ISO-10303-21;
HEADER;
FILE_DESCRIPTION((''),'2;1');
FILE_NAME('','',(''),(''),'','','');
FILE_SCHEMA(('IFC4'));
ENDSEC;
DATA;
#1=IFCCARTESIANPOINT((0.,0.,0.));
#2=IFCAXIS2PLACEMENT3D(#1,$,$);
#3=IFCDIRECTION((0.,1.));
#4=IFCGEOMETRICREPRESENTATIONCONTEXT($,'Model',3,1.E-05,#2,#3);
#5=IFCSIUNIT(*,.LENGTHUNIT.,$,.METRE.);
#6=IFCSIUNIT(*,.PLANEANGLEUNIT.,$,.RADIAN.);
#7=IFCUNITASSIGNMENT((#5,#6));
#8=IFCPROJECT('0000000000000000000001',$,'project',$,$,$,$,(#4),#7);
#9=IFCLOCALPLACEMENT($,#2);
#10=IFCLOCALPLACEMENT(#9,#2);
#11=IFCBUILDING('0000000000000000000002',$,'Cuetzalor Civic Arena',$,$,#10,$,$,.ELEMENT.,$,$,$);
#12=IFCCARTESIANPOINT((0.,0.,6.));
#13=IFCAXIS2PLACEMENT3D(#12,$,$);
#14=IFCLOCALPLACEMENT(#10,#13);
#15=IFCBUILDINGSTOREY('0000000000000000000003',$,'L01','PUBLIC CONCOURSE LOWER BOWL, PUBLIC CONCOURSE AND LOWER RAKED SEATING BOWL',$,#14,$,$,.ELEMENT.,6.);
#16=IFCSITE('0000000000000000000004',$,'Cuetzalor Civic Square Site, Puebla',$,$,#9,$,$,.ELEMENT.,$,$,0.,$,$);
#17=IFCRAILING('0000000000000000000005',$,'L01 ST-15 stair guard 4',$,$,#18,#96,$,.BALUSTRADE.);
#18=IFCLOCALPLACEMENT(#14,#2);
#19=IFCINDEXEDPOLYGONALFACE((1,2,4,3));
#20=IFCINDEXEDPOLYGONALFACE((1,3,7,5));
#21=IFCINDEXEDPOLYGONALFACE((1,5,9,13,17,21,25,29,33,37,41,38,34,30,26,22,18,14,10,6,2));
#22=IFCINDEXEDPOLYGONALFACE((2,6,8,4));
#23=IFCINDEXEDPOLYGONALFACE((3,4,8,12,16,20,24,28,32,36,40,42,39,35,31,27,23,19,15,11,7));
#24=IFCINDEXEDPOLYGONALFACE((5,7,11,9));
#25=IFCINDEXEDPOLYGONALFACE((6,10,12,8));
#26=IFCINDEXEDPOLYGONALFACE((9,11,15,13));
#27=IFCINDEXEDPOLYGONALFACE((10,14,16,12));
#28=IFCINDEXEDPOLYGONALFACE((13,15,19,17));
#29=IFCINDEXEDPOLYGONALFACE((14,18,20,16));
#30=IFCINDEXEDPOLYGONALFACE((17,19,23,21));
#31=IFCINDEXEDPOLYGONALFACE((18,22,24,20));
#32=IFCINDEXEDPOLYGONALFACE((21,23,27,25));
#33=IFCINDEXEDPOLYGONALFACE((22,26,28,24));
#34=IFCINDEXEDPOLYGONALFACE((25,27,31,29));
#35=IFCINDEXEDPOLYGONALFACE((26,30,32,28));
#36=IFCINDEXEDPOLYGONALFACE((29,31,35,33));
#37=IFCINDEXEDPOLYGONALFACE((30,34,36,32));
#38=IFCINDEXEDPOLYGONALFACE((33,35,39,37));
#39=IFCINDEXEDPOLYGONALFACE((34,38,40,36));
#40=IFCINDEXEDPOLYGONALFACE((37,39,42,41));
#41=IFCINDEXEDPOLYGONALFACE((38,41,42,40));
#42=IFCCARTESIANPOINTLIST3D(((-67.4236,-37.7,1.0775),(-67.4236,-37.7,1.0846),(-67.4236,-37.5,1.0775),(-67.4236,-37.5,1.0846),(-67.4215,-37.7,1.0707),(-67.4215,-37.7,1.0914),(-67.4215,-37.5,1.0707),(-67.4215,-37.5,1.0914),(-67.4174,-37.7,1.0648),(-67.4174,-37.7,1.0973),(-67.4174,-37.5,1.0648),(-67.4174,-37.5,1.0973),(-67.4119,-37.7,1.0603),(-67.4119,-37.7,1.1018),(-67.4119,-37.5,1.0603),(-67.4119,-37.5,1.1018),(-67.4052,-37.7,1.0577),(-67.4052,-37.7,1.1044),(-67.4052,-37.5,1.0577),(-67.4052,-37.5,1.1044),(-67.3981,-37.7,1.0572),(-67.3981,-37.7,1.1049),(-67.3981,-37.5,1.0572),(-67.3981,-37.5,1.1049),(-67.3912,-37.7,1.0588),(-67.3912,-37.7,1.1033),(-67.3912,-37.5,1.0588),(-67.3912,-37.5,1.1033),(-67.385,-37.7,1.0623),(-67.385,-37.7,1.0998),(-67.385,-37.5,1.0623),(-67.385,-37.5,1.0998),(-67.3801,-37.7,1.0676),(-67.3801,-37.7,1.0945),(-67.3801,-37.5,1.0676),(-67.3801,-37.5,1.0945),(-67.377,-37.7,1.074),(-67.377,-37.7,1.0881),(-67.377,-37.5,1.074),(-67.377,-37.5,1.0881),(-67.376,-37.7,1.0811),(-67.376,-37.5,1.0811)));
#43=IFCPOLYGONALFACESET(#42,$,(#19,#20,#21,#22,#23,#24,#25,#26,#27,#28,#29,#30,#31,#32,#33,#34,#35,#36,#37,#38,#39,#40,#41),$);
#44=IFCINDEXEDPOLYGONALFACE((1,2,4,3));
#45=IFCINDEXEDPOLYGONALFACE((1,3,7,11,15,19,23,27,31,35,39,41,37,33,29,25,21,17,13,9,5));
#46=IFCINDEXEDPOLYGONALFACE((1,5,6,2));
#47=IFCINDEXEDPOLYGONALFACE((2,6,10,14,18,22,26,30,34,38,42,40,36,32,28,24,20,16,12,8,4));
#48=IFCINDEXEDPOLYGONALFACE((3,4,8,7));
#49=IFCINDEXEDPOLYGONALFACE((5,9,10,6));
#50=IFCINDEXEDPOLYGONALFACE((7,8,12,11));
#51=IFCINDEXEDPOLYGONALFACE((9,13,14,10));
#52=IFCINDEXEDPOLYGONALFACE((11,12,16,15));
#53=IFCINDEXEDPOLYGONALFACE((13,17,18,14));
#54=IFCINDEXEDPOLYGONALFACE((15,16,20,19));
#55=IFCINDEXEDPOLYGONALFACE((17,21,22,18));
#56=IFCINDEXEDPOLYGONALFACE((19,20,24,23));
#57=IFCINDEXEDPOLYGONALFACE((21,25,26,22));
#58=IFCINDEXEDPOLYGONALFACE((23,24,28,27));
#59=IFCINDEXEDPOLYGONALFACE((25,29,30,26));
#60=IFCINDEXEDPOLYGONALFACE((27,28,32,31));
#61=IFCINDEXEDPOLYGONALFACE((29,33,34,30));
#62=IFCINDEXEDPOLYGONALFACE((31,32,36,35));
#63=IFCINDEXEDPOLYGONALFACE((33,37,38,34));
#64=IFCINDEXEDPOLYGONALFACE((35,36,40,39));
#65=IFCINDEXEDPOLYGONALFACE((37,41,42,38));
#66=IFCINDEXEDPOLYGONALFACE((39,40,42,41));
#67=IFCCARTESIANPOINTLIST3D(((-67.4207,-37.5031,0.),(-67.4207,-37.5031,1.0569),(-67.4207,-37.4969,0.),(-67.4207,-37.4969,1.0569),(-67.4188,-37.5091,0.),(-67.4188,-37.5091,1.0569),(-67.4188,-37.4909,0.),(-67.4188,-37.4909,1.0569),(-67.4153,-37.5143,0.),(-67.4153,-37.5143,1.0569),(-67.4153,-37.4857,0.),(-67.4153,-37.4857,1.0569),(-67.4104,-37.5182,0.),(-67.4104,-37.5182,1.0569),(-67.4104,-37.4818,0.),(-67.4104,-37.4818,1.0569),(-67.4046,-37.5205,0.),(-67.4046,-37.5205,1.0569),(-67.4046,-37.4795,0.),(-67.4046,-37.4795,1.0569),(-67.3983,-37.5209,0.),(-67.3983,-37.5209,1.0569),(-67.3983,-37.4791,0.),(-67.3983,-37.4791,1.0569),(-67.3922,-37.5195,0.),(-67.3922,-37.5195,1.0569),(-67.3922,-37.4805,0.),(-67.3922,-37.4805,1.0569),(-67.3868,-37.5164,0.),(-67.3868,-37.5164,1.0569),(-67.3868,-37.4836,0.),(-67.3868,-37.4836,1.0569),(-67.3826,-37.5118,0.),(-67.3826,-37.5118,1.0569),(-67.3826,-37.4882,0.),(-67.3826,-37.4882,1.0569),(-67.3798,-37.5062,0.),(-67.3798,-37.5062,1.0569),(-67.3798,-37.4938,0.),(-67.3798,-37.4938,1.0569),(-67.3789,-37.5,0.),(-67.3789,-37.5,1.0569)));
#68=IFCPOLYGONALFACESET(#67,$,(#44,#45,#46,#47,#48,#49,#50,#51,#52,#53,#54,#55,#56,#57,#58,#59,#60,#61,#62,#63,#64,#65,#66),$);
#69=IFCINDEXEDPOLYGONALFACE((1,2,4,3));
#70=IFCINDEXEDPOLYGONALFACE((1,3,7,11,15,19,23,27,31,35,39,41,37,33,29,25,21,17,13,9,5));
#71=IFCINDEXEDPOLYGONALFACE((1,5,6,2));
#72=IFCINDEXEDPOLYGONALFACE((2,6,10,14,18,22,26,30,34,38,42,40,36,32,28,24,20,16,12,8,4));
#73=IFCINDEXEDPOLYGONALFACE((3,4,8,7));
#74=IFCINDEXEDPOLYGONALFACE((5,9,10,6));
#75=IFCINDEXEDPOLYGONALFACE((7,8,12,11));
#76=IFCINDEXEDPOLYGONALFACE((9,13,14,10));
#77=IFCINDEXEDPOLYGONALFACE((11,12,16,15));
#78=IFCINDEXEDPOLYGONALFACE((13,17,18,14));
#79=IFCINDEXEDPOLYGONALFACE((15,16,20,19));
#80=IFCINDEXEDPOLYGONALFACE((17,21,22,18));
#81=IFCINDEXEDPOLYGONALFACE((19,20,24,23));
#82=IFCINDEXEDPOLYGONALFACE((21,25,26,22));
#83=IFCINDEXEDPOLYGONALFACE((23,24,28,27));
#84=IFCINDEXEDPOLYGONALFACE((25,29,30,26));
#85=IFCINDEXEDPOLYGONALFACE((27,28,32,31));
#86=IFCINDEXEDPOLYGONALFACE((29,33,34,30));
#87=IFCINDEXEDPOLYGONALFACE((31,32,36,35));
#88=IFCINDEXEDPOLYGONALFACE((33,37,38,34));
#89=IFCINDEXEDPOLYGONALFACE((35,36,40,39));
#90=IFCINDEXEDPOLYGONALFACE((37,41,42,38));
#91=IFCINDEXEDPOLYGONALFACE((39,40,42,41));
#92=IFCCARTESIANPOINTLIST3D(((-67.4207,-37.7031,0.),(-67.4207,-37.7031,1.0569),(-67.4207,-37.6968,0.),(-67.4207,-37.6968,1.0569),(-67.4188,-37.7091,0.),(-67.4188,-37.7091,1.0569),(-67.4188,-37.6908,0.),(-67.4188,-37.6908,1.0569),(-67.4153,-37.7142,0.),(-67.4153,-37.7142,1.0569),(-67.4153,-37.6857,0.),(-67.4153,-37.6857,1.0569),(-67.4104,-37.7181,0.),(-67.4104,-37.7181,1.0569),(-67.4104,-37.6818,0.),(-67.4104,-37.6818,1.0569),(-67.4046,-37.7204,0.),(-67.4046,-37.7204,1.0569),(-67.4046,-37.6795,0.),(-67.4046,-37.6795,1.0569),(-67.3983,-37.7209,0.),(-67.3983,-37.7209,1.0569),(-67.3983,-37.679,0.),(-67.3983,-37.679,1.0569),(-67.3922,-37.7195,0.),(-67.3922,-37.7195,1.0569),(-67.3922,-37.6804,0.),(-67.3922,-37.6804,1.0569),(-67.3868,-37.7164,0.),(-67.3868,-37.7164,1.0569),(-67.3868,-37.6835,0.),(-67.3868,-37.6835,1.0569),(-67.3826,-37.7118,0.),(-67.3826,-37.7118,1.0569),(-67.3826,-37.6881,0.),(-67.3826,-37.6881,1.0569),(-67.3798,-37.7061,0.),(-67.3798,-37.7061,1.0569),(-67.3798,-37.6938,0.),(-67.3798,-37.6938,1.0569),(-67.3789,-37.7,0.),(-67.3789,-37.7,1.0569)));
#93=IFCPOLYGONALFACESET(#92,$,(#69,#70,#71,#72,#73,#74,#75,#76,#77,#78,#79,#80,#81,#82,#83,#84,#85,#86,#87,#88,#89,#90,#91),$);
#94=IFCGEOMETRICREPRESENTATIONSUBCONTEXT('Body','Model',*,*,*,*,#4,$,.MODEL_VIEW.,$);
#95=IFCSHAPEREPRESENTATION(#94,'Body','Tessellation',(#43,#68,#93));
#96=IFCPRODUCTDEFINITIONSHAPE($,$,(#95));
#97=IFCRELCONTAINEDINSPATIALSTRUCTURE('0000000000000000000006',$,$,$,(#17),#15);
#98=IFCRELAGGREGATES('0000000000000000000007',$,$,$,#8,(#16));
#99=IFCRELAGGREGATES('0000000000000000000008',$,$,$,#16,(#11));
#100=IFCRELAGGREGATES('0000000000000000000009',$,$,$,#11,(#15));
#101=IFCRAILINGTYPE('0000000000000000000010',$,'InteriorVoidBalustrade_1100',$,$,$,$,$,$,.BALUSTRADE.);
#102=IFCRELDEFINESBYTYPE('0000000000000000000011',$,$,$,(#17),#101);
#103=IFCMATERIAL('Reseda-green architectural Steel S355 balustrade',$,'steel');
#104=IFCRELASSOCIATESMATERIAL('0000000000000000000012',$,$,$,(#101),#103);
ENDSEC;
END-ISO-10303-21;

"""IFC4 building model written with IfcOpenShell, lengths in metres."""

from ifc_helpers import new_model, si_unit, direction, frame, origin, origin_2d, place, context, subcontext, project, spatial, circle, extrude, material, type_object, element, save


model = new_model("IFC4")

# Units and contexts
model_context = context("Model", 3, precision=1e-05, world=origin(), true_north=direction((0.0, 1.0)))
body_context = subcontext(model_context, "Body", "Model", "MODEL_VIEW")
ifc_project = project(units=[si_unit("LENGTHUNIT", "METRE"), si_unit("PLANEANGLEUNIT", "RADIAN")], contexts=[model_context])

# Site, building, storey
site_placement = place(None, origin())
site = spatial("IfcSite", under=ifc_project, at=site_placement, Name="Cuetzalor Civic Square Site, Puebla", CompositionType="ELEMENT", RefElevation=0.0)
building_placement = place(site_placement, origin())
building = spatial("IfcBuilding", under=site, at=building_placement, Name="Cuetzalor Civic Arena", CompositionType="ELEMENT")
storey_placement = place(building_placement, frame((0.0, 0.0, 6.0)))
storey = spatial("IfcBuildingStorey", under=building, at=storey_placement, Name="L01", Description="PUBLIC CONCOURSE LOWER BOWL, PUBLIC CONCOURSE AND LOWER RAKED SEATING BOWL", CompositionType="ELEMENT", Elevation=6.0)

# Railing
ifc_material_1 = material(Name="Reseda-green architectural Steel S355 balustrade", Category="steel")
railing_type_1 = type_object("IfcRailingType", Name="InteriorVoidBalustrade_1100", PredefinedType="BALUSTRADE", material=ifc_material_1)
railing_1_placement = place(storey_placement, frame((-67.3999, -37.5, 0.0)))
element("IfcRailing", 1, at=railing_1_placement, inside=storey, type_object=railing_type_1, Name="L01 ST-15 stair guard 4", PredefinedType="BALUSTRADE", context=body_context, shape_type="SweptSolid", body=[
    extrude(circle(Radius=0.0239, at=origin_2d()), frame((0.0, 0.0, 1.0811), z_axis=(0.0, -1.0, 0.0), x_axis=(1.0, 0.0, 0.0)), (0.0, 0.0, 1.0), 0.2),
    extrude(circle(Radius=0.021, at=origin_2d()), origin(), (0.0, 0.0, 1.0), 1.0569),
    extrude(circle(Radius=0.021, at=origin_2d()), frame((0.0, -0.2, 0.0)), (0.0, 0.0, 1.0), 1.0569),
])

save(model, "model.ifc")
